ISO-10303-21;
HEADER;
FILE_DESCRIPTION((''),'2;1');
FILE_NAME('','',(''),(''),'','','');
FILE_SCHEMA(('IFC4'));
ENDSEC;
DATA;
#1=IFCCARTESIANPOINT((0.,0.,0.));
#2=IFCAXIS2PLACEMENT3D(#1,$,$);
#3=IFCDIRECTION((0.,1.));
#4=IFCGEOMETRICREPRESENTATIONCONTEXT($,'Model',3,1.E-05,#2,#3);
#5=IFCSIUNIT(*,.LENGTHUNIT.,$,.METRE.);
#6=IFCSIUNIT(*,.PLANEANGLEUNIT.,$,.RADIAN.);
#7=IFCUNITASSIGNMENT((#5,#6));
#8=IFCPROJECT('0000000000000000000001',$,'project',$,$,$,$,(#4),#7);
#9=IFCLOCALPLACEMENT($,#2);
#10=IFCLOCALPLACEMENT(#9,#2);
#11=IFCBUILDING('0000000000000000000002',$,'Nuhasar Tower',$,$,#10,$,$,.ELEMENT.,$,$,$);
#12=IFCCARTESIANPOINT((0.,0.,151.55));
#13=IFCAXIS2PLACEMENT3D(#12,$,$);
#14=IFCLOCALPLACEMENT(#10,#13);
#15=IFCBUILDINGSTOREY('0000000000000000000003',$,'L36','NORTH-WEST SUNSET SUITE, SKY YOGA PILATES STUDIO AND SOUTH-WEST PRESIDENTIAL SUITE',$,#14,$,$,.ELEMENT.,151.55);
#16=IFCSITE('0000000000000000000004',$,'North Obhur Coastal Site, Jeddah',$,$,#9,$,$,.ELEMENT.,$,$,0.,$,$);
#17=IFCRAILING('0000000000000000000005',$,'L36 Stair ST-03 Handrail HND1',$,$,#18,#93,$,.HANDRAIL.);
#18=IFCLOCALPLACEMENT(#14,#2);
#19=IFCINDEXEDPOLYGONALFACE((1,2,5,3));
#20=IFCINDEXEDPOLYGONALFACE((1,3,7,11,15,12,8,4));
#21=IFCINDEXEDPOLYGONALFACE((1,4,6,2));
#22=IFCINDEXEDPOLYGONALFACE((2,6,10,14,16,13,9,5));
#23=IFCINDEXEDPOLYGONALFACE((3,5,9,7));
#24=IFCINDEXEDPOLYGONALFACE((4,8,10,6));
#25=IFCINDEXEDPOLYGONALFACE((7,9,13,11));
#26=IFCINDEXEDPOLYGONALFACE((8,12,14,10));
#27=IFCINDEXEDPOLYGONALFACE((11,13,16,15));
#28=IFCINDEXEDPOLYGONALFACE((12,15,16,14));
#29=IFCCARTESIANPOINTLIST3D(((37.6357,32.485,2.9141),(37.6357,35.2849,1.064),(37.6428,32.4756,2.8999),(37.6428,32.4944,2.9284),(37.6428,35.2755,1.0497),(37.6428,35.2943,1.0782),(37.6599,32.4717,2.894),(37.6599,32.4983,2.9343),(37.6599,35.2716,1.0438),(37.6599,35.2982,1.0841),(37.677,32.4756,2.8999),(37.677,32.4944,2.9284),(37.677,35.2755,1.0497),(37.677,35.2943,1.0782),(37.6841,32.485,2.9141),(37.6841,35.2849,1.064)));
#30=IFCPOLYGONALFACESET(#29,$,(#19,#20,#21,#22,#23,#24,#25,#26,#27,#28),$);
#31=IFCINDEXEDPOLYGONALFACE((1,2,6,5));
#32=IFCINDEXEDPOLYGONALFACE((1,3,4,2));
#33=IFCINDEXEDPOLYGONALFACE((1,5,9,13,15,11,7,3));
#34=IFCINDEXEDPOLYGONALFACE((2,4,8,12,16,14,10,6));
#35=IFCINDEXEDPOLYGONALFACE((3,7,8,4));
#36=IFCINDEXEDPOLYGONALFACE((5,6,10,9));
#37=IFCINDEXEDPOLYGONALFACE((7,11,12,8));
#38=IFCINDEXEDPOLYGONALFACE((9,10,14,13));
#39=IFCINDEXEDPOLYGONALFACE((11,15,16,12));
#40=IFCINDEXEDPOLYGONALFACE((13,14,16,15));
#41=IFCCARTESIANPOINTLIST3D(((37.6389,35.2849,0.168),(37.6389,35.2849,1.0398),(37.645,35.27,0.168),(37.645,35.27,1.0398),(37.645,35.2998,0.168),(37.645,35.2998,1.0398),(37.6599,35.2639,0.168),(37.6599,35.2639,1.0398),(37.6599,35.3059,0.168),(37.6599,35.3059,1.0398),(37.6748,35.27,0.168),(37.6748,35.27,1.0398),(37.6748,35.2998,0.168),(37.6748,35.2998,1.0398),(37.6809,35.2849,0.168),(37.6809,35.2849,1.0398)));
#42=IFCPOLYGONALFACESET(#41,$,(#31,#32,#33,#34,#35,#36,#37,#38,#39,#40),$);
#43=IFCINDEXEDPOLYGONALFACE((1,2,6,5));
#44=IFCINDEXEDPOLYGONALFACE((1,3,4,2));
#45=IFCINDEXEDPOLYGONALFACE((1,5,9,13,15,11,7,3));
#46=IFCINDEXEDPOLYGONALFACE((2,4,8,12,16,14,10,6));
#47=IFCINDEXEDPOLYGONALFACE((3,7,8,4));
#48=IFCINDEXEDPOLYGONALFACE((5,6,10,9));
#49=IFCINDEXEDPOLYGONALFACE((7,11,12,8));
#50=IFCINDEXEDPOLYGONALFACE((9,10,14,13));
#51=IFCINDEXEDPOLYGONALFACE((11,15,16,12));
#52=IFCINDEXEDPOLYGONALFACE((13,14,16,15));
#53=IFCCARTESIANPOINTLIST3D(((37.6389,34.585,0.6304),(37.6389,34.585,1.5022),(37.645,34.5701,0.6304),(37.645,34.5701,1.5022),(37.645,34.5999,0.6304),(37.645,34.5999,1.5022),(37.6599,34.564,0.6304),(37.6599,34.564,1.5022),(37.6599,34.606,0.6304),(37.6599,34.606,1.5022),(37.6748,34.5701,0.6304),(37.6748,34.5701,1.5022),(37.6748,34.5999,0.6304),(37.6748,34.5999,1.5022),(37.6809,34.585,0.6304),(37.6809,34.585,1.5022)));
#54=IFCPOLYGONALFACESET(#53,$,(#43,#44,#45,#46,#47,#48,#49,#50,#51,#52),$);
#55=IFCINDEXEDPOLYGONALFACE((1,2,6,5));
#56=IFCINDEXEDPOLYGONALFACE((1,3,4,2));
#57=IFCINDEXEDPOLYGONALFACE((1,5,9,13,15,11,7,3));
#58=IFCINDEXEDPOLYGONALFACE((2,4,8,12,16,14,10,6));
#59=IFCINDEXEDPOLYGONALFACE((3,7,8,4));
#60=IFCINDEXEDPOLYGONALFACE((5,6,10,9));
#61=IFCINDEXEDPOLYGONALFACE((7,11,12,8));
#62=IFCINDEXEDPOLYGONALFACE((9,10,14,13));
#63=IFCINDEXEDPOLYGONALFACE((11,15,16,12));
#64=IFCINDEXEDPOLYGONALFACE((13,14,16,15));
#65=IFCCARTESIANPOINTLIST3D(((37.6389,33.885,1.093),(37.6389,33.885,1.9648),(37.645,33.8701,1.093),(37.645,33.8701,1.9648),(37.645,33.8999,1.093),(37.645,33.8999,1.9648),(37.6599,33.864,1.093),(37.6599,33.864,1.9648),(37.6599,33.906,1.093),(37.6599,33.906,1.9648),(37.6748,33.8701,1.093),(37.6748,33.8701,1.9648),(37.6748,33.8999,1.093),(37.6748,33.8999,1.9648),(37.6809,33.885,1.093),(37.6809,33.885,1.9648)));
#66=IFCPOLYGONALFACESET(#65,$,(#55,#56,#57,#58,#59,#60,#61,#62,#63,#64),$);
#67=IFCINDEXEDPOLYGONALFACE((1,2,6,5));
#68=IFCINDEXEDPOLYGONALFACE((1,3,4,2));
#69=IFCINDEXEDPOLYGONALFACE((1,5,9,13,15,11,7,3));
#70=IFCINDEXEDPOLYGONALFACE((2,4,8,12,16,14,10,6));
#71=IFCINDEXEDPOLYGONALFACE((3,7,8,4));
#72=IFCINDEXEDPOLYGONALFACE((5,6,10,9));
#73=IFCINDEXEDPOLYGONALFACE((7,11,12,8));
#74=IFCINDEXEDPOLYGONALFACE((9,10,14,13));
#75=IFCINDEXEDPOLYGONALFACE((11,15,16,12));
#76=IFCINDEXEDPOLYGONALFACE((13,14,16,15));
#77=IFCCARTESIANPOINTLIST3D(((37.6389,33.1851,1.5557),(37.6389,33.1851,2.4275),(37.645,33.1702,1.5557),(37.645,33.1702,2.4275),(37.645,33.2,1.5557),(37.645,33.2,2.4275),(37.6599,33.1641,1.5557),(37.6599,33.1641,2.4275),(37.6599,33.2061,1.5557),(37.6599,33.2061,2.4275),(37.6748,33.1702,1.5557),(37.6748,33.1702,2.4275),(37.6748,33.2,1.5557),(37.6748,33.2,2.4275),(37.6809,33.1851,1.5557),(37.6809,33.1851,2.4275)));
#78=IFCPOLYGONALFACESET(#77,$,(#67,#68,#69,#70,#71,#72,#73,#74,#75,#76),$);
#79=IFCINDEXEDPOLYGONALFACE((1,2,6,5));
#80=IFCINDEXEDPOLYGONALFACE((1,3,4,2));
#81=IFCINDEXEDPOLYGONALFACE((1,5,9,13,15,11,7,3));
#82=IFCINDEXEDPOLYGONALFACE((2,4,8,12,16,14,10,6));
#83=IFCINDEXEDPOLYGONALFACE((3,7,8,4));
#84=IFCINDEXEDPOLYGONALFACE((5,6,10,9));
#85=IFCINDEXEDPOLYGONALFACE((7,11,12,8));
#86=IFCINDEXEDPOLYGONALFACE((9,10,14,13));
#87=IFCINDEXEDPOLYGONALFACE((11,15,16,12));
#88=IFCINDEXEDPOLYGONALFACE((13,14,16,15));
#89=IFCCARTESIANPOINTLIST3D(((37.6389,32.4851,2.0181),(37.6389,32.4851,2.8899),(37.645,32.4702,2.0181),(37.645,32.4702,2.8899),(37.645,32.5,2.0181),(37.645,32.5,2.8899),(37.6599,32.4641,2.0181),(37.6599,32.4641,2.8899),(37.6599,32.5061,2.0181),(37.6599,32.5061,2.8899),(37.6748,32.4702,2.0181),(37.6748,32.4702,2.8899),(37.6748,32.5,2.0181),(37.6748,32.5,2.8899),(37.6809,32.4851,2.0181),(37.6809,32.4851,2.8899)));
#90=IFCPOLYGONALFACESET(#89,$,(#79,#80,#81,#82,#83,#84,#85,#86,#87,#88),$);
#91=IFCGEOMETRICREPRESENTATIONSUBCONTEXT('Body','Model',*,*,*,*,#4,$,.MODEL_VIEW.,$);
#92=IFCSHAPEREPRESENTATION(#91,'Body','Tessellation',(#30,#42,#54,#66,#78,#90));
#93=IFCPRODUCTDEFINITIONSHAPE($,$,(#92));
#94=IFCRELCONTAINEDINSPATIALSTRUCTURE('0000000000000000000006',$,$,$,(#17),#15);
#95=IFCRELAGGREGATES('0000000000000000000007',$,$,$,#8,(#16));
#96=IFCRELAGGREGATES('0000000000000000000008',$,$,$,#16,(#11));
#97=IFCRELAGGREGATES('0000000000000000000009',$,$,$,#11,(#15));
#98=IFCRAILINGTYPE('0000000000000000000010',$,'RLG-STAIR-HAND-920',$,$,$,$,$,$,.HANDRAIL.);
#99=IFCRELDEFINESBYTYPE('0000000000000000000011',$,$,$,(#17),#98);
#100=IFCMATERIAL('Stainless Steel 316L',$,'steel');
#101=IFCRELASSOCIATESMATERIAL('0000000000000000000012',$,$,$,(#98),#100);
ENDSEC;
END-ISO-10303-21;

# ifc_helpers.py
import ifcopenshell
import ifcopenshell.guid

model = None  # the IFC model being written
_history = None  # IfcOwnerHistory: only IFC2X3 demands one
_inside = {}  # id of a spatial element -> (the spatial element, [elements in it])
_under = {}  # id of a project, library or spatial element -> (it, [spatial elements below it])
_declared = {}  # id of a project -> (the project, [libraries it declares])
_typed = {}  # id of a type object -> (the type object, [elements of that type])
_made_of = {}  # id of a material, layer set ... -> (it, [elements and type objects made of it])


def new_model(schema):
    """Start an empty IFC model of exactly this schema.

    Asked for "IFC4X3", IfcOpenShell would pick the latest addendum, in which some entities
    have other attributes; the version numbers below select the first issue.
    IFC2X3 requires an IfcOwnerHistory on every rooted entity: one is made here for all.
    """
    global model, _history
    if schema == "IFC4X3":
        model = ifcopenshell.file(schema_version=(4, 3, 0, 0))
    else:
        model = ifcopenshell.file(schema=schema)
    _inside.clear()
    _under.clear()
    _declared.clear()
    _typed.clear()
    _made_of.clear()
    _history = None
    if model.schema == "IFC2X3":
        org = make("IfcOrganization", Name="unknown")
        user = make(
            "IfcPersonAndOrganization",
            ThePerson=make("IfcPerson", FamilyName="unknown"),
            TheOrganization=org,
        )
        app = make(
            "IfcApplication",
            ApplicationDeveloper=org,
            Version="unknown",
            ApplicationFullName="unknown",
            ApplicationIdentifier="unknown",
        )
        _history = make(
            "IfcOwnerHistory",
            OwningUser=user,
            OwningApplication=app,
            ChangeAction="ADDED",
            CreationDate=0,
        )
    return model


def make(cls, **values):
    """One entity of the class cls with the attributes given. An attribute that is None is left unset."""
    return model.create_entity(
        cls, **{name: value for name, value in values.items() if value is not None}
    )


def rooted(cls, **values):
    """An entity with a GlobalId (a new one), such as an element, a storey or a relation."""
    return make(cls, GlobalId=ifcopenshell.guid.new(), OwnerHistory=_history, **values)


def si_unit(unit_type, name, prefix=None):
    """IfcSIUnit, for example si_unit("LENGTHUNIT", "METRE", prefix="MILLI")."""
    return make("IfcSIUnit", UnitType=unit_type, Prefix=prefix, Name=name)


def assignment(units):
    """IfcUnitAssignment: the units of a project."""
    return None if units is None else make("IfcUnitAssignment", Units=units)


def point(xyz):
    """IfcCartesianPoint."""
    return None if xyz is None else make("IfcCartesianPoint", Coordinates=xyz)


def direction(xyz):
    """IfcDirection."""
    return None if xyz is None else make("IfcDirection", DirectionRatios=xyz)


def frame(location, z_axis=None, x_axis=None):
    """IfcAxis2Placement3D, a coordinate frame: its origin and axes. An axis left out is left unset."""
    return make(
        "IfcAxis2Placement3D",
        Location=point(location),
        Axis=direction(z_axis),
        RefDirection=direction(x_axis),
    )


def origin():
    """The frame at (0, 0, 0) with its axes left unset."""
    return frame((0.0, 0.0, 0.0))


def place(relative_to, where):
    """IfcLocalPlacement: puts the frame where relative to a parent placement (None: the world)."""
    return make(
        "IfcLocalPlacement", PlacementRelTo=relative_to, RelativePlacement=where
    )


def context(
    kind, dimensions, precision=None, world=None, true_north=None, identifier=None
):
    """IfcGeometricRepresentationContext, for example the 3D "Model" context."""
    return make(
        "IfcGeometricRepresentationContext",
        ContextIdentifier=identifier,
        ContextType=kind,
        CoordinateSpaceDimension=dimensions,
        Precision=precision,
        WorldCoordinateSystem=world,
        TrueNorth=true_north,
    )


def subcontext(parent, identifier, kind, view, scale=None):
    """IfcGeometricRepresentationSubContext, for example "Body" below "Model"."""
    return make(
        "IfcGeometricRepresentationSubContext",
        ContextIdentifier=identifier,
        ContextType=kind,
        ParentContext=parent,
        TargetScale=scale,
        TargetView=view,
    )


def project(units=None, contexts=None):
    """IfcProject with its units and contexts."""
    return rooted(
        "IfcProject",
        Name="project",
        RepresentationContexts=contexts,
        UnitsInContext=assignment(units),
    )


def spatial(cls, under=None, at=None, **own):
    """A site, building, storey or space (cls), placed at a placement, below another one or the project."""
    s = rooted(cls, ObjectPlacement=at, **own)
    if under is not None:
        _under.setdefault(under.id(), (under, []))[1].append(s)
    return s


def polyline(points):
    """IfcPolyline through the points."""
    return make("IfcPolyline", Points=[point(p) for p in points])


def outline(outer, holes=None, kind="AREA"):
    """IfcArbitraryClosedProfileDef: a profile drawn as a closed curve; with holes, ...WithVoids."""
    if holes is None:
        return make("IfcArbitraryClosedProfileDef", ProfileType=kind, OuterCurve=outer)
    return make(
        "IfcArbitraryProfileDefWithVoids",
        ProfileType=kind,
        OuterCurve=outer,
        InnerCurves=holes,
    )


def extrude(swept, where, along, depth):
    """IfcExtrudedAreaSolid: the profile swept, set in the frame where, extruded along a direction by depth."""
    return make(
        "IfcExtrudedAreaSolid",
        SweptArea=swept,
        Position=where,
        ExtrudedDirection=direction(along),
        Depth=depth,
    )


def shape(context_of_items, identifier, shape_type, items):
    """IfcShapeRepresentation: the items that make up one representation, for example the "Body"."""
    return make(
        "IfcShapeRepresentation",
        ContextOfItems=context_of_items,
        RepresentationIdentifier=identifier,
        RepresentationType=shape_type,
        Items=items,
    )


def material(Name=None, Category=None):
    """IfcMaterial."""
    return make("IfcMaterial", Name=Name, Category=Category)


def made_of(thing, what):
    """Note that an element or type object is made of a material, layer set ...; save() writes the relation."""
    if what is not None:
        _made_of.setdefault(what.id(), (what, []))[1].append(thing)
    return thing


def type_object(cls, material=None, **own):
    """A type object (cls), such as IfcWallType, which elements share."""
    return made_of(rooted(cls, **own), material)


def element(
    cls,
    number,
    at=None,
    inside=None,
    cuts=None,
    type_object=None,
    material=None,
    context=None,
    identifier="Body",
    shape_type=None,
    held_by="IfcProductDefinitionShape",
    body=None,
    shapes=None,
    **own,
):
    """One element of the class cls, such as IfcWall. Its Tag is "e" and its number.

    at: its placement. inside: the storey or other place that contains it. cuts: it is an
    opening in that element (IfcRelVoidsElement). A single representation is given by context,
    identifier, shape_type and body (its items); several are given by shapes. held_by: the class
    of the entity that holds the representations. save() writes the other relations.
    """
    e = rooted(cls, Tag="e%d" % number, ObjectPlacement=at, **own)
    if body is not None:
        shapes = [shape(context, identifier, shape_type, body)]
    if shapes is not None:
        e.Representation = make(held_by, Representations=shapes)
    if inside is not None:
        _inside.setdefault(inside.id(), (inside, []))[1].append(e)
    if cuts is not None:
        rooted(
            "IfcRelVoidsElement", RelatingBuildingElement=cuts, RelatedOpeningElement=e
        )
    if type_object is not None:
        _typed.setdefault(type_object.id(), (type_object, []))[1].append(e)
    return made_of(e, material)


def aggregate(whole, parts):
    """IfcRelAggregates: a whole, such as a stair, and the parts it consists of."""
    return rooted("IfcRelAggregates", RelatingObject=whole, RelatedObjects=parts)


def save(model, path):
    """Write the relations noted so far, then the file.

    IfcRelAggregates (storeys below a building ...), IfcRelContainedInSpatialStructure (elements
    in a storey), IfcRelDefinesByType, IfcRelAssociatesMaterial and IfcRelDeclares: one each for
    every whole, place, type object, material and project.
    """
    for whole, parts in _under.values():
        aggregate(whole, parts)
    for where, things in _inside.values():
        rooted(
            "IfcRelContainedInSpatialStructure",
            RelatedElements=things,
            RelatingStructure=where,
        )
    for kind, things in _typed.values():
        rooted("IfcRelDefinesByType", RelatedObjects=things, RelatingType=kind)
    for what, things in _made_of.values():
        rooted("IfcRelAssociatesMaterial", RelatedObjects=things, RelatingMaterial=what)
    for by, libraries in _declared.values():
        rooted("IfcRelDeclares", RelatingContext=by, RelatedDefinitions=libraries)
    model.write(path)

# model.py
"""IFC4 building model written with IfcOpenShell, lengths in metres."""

from ifc_helpers import new_model, si_unit, direction, frame, origin, place, context, subcontext, project, spatial, polyline, outline, extrude, material, type_object, element, save


model = new_model("IFC4")

# Units and contexts
model_context = context("Model", 3, precision=1e-05, world=origin(), true_north=direction((0.0, 1.0)))
body_context = subcontext(model_context, "Body", "Model", "MODEL_VIEW")
ifc_project = project(units=[si_unit("LENGTHUNIT", "METRE"), si_unit("PLANEANGLEUNIT", "RADIAN")], contexts=[model_context])

# Site, building, storey
site_placement = place(None, origin())
site = spatial("IfcSite", under=ifc_project, at=site_placement, Name="North Obhur Coastal Site, Jeddah", CompositionType="ELEMENT", RefElevation=0.0)
building_placement = place(site_placement, origin())
building = spatial("IfcBuilding", under=site, at=building_placement, Name="Nuhasar Tower", CompositionType="ELEMENT")
storey_placement = place(building_placement, frame((0.0, 0.0, 151.55)))
storey = spatial("IfcBuildingStorey", under=building, at=storey_placement, Name="L36", Description="NORTH-WEST SUNSET SUITE, SKY YOGA PILATES STUDIO AND SOUTH-WEST PRESIDENTIAL SUITE", CompositionType="ELEMENT", Elevation=151.55)

# Railing
ifc_material_1 = material(Name="Stainless Steel 316L", Category="steel")
railing_type_1 = type_object("IfcRailingType", Name="RLG-STAIR-HAND-920", PredefinedType="HANDRAIL", material=ifc_material_1)
railing_1_placement = place(storey_placement, frame((37.6599, 35.2849, 0.168)))
element("IfcRailing", 1, at=railing_1_placement, inside=storey, type_object=railing_type_1, Name="L36 Stair ST-03 Handrail HND1", PredefinedType="HANDRAIL", context=body_context, shape_type="SweptSolid", body=[
    extrude(outline(polyline([(0.0242, 0.0), (0.0171, 0.0171), (0.0, 0.0242), (-0.0171, 0.0171), (-0.0242, 0.0), (-0.0171, -0.0171), (0.0, -0.0242), (0.0171, -0.0171), (0.0242, 0.0)])), frame((0.0, 0.0, 0.896), z_axis=(0.0, -0.834304, 0.551304), x_axis=(1.0, 0.0, 0.0)), (0.0, 0.0, 1.0), 3.356),
    extrude(outline(polyline([(0.021, 0.0), (0.0149, 0.0149), (0.0, 0.021), (-0.0149, 0.0149), (-0.021, 0.0), (-0.0149, -0.0149), (0.0, -0.021), (0.0149, -0.0149), (0.021, 0.0)])), origin(), (0.0, 0.0, 1.0), 0.8718),
    extrude(outline(polyline([(0.021, 0.0), (0.0149, 0.0149), (0.0, 0.021), (-0.0149, 0.0149), (-0.021, 0.0), (-0.0149, -0.0149), (0.0, -0.021), (0.0149, -0.0149), (0.021, 0.0)])), frame((0.0, -0.7, 0.4624)), (0.0, 0.0, 1.0), 0.8718),
    extrude(outline(polyline([(0.021, 0.0), (0.0149, 0.0149), (0.0, 0.021), (-0.0149, 0.0149), (-0.021, 0.0), (-0.0149, -0.0149), (0.0, -0.021), (0.0149, -0.0149), (0.021, 0.0)])), frame((0.0, -1.3999, 0.925)), (0.0, 0.0, 1.0), 0.8718),
    extrude(outline(polyline([(0.021, 0.0), (0.0149, 0.0149), (0.0, 0.021), (-0.0149, 0.0149), (-0.021, 0.0), (-0.0149, -0.0149), (0.0, -0.021), (0.0149, -0.0149), (0.021, 0.0)])), frame((0.0, -2.0999, 1.3877)), (0.0, 0.0, 1.0), 0.8718),
    extrude(outline(polyline([(0.021, 0.0), (0.0149, 0.0149), (0.0, 0.021), (-0.0149, 0.0149), (-0.021, 0.0), (-0.0149, -0.0149), (0.0, -0.021), (0.0149, -0.0149), (0.021, 0.0)])), frame((0.0, -2.7998, 1.8501)), (0.0, 0.0, 1.0), 0.8718),
])

save(model, "model.ifc")
